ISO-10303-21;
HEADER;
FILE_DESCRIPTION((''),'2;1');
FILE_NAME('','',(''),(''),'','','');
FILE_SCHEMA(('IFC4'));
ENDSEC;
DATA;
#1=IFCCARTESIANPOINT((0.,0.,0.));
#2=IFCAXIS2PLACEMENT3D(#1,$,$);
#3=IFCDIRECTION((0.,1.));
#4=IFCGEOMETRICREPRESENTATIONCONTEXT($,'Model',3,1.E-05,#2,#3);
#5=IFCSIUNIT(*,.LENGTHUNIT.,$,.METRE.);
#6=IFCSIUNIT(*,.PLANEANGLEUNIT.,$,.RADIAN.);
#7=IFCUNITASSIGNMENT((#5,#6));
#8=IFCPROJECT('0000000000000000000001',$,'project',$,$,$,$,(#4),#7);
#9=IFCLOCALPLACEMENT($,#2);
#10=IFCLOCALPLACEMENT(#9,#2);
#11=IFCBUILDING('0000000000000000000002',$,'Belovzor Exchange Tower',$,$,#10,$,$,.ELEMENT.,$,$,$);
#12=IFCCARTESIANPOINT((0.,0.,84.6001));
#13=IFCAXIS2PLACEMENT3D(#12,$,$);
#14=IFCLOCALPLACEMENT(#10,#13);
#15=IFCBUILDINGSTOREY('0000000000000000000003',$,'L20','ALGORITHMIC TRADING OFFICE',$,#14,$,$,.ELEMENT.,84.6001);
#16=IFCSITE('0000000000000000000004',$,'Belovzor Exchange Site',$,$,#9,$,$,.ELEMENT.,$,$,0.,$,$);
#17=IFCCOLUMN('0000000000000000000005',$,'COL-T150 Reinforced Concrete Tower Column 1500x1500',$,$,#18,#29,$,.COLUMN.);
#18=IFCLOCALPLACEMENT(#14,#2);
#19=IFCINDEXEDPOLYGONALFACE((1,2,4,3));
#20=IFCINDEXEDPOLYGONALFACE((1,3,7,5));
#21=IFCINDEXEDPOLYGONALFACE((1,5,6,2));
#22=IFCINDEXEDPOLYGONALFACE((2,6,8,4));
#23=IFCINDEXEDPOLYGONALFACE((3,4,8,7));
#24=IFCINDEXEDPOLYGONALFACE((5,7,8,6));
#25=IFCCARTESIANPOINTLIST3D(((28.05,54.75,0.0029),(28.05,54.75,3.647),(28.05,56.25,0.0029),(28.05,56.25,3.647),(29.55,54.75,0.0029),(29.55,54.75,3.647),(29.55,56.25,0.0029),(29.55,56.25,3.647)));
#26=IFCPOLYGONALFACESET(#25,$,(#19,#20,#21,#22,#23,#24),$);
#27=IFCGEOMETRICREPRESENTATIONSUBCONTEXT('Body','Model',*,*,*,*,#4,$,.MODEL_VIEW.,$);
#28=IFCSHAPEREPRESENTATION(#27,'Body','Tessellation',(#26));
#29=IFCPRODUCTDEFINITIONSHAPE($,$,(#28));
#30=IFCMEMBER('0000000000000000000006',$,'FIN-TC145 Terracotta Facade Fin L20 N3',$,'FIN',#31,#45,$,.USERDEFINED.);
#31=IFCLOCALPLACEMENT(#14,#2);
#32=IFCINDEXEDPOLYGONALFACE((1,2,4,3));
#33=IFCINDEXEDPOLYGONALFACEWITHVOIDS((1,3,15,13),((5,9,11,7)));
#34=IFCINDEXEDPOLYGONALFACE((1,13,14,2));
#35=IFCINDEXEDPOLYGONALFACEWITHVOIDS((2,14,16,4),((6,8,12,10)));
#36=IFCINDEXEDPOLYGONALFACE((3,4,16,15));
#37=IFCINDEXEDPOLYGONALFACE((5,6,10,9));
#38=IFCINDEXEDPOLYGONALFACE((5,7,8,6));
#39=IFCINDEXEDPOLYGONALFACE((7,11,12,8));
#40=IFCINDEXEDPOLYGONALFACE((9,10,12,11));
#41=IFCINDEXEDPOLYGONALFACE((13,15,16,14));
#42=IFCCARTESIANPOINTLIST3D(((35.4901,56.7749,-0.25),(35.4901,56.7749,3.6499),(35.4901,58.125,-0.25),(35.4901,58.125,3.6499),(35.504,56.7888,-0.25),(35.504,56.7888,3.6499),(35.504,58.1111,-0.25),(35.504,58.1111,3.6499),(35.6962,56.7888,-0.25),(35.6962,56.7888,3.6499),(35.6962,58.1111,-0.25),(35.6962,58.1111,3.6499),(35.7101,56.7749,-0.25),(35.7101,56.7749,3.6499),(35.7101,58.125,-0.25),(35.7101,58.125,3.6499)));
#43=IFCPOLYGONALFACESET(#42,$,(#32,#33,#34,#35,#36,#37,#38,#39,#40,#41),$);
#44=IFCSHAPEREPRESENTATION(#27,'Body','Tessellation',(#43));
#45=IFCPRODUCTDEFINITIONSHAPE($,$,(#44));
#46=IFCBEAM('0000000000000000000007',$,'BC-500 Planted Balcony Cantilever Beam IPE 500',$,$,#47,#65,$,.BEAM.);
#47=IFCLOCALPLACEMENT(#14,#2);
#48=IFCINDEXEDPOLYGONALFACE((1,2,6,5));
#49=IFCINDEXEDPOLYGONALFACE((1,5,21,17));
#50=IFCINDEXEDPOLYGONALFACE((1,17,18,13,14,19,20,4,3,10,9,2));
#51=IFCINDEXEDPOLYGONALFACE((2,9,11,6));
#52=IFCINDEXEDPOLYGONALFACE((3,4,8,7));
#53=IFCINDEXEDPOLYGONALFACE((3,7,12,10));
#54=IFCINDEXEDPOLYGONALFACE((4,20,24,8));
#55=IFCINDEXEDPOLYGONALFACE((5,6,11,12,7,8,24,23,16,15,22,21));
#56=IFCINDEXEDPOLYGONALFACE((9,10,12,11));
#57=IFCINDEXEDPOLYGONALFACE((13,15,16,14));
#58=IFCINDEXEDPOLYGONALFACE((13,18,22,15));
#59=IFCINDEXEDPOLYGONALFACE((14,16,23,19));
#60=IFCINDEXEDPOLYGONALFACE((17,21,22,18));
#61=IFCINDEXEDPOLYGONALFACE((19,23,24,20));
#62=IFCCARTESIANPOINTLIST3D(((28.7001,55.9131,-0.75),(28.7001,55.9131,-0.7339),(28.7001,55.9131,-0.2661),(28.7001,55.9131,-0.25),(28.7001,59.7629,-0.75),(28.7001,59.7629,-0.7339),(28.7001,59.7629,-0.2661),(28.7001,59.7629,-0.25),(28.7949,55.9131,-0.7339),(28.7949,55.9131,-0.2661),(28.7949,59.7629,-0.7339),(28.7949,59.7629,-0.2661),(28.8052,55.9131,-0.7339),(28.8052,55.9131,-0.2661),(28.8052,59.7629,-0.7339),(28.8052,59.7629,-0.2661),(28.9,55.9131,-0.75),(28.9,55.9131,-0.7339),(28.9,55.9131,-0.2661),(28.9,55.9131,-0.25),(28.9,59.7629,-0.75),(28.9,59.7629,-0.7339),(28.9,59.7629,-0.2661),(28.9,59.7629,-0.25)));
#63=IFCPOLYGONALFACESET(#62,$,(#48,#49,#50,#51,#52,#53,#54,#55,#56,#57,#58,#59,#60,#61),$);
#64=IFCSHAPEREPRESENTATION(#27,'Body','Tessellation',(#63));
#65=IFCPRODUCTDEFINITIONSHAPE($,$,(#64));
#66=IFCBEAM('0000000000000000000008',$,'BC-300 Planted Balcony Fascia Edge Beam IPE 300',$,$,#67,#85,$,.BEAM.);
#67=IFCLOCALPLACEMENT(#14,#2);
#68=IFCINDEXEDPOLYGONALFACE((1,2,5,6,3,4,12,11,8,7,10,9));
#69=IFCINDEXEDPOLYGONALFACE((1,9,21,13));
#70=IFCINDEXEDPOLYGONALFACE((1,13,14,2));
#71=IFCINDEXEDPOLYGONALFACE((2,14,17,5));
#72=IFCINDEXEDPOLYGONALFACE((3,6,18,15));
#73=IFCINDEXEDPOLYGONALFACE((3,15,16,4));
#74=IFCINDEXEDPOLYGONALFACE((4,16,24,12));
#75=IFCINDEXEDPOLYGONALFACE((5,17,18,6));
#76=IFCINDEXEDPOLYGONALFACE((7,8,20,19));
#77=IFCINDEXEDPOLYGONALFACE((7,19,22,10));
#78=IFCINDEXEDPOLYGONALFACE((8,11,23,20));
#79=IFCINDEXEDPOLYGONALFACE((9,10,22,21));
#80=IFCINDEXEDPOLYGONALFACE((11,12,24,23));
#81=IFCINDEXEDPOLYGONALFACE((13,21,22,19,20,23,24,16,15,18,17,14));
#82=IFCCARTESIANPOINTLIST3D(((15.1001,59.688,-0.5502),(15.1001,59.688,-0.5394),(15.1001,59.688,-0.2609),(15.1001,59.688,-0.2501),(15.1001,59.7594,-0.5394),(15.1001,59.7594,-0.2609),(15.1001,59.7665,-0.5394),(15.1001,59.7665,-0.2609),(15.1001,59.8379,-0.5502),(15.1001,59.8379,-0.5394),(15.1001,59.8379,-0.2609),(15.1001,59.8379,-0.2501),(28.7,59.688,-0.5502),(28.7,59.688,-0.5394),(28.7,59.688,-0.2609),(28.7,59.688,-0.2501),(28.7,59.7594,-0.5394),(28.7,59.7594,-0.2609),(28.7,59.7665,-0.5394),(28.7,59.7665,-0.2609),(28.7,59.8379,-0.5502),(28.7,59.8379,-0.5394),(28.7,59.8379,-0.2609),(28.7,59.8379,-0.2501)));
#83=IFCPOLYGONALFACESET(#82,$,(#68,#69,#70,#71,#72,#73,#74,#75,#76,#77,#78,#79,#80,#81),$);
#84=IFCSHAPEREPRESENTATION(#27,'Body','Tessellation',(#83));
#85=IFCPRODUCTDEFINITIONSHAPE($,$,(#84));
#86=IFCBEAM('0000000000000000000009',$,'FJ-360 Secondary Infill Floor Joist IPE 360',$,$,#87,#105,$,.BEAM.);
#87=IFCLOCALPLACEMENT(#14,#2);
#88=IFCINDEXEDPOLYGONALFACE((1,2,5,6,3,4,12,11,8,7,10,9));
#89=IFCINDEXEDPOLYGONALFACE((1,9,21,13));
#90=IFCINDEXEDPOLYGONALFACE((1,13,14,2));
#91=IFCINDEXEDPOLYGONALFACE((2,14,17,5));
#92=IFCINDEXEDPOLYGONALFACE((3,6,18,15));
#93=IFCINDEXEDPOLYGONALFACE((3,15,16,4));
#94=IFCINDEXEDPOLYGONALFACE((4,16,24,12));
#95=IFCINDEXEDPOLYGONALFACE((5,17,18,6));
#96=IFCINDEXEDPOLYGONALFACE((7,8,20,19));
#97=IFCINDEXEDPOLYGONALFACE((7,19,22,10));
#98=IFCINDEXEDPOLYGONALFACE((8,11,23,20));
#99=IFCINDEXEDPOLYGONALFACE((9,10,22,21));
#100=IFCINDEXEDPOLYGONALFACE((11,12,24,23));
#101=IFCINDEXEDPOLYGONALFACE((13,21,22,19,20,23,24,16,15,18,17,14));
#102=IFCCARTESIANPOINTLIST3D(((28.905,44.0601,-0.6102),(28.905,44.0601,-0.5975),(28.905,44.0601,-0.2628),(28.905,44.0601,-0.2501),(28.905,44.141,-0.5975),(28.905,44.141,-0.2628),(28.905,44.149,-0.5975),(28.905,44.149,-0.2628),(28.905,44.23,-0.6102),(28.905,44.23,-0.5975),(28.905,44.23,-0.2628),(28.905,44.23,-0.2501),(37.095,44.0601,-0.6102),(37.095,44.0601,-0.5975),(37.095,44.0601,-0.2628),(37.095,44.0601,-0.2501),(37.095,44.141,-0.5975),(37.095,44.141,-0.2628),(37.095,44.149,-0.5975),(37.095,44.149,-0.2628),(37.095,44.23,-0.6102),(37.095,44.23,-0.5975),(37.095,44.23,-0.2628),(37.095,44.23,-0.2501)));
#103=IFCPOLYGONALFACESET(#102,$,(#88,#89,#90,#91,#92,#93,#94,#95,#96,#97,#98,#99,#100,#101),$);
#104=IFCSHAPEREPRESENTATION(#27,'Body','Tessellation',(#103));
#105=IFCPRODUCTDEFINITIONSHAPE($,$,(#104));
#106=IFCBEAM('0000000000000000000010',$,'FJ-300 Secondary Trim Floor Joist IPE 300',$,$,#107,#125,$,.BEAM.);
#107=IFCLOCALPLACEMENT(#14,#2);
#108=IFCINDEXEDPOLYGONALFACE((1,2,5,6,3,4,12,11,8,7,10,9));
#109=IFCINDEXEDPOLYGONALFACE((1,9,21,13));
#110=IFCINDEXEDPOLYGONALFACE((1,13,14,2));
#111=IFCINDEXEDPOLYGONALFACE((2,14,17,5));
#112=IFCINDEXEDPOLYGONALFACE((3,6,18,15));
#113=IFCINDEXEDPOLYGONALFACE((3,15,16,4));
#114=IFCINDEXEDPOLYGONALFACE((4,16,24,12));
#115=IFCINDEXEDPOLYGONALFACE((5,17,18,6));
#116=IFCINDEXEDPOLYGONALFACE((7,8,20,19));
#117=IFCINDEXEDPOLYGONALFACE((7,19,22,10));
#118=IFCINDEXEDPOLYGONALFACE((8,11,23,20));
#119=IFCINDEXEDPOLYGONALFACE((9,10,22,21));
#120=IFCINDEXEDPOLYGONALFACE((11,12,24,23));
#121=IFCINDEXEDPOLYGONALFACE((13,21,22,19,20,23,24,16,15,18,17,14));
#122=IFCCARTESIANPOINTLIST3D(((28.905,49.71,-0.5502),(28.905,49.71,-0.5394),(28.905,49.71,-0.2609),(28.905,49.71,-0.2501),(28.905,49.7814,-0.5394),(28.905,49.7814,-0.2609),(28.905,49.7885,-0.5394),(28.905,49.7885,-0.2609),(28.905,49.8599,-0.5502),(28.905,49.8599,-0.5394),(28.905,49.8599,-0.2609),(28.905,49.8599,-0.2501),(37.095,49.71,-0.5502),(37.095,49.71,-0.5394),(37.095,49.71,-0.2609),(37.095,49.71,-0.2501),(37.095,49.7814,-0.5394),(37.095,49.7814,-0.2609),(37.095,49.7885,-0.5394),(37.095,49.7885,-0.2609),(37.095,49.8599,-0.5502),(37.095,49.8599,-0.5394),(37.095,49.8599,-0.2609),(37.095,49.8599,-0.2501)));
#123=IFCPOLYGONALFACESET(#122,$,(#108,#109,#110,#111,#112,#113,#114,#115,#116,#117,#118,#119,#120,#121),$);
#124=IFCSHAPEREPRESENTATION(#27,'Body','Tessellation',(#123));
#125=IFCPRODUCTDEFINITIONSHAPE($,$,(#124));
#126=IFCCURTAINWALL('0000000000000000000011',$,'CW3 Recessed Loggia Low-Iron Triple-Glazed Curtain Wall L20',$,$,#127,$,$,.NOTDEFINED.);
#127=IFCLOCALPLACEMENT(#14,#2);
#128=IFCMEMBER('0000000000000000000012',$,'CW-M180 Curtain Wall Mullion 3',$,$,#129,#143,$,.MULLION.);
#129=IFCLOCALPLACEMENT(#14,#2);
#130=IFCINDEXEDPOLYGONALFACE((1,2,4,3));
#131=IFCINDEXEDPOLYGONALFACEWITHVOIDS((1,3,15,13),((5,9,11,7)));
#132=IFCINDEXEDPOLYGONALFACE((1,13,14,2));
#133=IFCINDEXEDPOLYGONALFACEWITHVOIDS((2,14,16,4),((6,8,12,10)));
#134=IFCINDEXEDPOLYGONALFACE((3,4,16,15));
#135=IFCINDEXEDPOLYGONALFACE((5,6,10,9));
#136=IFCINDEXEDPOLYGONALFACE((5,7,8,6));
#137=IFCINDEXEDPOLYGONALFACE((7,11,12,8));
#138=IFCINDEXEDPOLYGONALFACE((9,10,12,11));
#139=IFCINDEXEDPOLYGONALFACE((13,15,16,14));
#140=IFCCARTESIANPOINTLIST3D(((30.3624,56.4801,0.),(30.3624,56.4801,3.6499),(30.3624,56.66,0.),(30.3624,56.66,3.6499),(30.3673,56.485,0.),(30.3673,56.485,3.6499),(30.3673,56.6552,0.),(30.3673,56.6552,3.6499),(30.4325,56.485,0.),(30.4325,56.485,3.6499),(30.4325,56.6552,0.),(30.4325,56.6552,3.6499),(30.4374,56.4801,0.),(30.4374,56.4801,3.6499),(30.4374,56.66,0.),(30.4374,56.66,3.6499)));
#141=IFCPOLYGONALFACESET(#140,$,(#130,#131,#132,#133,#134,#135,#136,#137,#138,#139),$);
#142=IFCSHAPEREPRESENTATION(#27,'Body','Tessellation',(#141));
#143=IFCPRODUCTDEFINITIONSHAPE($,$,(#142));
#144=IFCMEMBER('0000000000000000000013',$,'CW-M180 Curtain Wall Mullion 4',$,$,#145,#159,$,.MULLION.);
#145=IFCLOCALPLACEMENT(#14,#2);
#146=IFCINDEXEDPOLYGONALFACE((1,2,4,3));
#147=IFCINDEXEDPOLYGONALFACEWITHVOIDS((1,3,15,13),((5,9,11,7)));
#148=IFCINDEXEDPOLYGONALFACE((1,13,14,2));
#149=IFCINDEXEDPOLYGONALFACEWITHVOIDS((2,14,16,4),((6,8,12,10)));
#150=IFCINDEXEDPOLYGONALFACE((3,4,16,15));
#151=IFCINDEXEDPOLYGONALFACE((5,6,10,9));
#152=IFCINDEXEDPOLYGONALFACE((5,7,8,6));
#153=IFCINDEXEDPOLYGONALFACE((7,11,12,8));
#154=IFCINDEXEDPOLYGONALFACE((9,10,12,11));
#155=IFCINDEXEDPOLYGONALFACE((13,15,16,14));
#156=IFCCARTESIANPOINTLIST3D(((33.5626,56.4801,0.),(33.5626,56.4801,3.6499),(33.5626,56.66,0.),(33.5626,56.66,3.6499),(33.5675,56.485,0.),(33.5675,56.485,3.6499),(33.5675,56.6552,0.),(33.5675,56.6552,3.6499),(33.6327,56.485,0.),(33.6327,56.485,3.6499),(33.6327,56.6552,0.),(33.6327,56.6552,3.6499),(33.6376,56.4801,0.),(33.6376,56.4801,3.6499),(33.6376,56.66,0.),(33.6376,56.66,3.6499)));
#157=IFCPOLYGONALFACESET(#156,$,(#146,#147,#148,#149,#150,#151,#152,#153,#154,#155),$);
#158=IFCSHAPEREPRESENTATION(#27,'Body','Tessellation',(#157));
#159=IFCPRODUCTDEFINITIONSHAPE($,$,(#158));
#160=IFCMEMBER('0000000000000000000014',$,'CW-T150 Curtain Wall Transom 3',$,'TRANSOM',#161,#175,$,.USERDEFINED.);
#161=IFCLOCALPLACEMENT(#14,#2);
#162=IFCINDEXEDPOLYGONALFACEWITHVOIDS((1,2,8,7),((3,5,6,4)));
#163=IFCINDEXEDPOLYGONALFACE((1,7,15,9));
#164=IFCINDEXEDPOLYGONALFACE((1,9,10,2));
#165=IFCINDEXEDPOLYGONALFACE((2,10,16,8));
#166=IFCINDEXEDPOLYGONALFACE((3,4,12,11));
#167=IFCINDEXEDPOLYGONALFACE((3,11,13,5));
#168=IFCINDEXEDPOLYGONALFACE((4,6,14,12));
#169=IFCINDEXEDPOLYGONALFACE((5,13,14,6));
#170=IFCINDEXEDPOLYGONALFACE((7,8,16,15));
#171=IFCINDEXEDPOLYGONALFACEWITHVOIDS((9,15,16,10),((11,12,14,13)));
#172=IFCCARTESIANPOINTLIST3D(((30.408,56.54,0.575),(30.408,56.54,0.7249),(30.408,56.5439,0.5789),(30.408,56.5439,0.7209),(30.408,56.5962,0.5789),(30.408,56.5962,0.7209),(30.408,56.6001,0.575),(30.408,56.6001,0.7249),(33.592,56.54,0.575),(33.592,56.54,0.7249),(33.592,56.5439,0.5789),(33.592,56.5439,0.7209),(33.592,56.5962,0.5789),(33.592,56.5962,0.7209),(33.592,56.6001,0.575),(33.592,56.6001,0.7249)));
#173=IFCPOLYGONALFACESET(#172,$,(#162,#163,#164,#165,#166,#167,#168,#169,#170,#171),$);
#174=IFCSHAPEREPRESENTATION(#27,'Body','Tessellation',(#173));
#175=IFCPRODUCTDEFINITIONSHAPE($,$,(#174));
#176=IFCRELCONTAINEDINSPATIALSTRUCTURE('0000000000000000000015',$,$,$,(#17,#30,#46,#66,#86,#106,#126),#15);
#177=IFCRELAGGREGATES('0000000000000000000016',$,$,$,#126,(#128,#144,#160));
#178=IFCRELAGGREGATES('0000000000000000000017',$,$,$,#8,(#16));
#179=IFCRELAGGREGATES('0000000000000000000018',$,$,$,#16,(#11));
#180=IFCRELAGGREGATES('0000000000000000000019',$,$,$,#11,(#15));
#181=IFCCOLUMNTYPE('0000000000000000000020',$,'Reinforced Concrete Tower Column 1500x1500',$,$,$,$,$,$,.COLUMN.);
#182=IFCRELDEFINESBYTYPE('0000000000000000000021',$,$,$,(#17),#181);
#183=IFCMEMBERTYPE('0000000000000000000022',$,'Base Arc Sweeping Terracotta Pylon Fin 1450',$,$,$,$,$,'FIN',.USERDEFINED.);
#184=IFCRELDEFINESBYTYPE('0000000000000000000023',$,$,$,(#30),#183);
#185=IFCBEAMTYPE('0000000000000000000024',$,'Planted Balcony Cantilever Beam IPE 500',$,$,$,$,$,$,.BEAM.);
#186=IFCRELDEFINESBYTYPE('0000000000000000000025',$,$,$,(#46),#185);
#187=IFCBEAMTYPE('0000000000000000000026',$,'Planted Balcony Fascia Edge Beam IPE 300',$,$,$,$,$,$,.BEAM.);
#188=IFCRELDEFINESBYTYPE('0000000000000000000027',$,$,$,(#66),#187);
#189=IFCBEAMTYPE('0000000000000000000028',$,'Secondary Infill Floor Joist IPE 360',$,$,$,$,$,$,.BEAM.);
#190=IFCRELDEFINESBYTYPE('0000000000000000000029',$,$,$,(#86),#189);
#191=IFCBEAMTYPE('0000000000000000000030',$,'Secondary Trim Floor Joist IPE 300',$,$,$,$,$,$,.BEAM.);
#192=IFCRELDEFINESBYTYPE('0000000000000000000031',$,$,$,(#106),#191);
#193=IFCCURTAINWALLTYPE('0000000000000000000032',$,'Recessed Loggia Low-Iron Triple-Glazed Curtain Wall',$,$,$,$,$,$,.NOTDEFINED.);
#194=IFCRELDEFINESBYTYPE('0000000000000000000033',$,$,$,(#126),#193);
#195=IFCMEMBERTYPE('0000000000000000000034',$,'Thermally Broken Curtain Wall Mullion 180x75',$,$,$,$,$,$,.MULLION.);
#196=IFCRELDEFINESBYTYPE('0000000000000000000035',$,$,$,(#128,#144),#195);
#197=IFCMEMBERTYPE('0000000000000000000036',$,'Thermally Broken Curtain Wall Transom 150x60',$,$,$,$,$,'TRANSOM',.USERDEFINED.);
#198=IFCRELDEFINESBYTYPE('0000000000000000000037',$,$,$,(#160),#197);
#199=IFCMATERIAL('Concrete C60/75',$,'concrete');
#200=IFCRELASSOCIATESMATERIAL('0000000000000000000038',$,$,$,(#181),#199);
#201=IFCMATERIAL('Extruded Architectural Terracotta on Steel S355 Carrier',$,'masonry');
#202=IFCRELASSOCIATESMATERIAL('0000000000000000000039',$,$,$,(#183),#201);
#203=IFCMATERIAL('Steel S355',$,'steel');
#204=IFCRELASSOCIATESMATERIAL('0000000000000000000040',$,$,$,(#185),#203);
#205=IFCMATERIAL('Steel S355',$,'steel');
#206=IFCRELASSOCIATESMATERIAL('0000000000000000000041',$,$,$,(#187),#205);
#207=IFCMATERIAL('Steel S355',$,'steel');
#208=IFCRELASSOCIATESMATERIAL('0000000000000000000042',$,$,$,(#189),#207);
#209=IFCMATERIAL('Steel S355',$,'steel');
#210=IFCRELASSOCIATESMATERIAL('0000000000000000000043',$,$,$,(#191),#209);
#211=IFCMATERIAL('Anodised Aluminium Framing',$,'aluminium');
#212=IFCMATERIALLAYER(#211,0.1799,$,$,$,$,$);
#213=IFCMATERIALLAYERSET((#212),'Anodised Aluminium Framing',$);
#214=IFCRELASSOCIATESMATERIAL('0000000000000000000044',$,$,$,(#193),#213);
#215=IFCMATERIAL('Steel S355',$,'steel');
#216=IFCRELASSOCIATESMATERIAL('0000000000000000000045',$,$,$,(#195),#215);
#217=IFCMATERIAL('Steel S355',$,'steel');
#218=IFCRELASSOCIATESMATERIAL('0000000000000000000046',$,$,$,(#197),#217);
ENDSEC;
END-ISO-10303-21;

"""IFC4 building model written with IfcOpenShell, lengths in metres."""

from ifc_helpers import new_model, si_unit, direction, frame, origin, origin_2d, place, context, subcontext, project, spatial, rectangle, hollow_rectangle, i_section, extrude, material, layer, layer_set, material_profile, profile_set, type_object, element, aggregate, save


model = new_model("IFC4")

# Units and contexts
model_context = context("Model", 3, precision=1e-05, world=origin(), true_north=direction((0.0, 1.0)))
body_context = subcontext(model_context, "Body", "Model", "MODEL_VIEW")
ifc_project = project(units=[si_unit("LENGTHUNIT", "METRE"), si_unit("PLANEANGLEUNIT", "RADIAN")], contexts=[model_context])

# Site, building, storey
site_placement = place(None, origin())
site = spatial("IfcSite", under=ifc_project, at=site_placement, Name="Belovzor Exchange Site", CompositionType="ELEMENT", RefElevation=0.0)
building_placement = place(site_placement, origin())
building = spatial("IfcBuilding", under=site, at=building_placement, Name="Belovzor Exchange Tower", CompositionType="ELEMENT")
storey_placement = place(building_placement, frame((0.0, 0.0, 84.6001)))
storey = spatial("IfcBuildingStorey", under=building, at=storey_placement, Name="L20", Description="ALGORITHMIC TRADING OFFICE", CompositionType="ELEMENT", Elevation=84.6001)

# Column
ifc_material_1 = material(Name="Concrete C60/75", Category="concrete")
ifc_material_profile_1 = material_profile(ifc_material_1, rectangle(XDim=1.5, YDim=1.5, at=origin_2d()))
ifc_profile_set_1 = profile_set([ifc_material_profile_1], Name="Concrete C60/75")
column_type = type_object("IfcColumnType", Name="Reinforced Concrete Tower Column 1500x1500", PredefinedType="COLUMN", material=ifc_profile_set_1)
column_placement = place(storey_placement, frame((28.8, 55.5, 0.0029), z_axis=(0.0, 0.0, 1.0), x_axis=(1.0, 0.0, 0.0)))
element("IfcColumn", 1, at=column_placement, inside=storey, type_object=column_type, Name="COL-T150 Reinforced Concrete Tower Column 1500x1500", PredefinedType="COLUMN", context=body_context, shape_type="SweptSolid", body=[
    extrude(rectangle(XDim=1.5, YDim=1.5, at=origin_2d()), origin(), (0.0, 0.0, 1.0), 3.644),
])

# Member
ifc_material_2 = material(Name="Extruded Architectural Terracotta on Steel S355 Carrier", Category="masonry")
ifc_material_profile_2 = material_profile(ifc_material_2, hollow_rectangle(XDim=0.22, YDim=1.3501, WallThickness=0.0139, at=origin_2d()))
ifc_profile_set_2 = profile_set([ifc_material_profile_2], Name="Extruded Architectural Terracotta on Steel S355 Carrier")
member_type_1 = type_object("IfcMemberType", Name="Base Arc Sweeping Terracotta Pylon Fin 1450", ElementType="FIN", PredefinedType="USERDEFINED", material=ifc_profile_set_2)
member_1_placement = place(storey_placement, frame((35.6001, 57.45, -0.25), z_axis=(0.0, 0.0, 1.0), x_axis=(1.0, 0.0, 0.0)))
element("IfcMember", 2, at=member_1_placement, inside=storey, type_object=member_type_1, Name="FIN-TC145 Terracotta Facade Fin L20 N3", ObjectType="FIN", PredefinedType="USERDEFINED", context=body_context, shape_type="SweptSolid", body=[
    extrude(hollow_rectangle(XDim=0.22, YDim=1.3501, WallThickness=0.0139, at=origin_2d()), origin(), (0.0, 0.0, 1.0), 3.8999),
])

# Beams
ifc_material_3 = material(Name="Steel S355", Category="steel")
ifc_material_profile_3 = material_profile(ifc_material_3, i_section(OverallWidth=0.2, OverallDepth=0.5, WebThickness=0.0103, FlangeThickness=0.0161, at=origin_2d()))
ifc_profile_set_3 = profile_set([ifc_material_profile_3], Name="Steel S355")
beam_type_1 = type_object("IfcBeamType", Name="Planted Balcony Cantilever Beam IPE 500", PredefinedType="BEAM", material=ifc_profile_set_3)
beam_1_placement = place(storey_placement, frame((28.8, 55.9131, -0.5), z_axis=(0.0, 1.0, 0.0), x_axis=(-1.0, 0.0, 0.0)))
element("IfcBeam", 3, at=beam_1_placement, inside=storey, type_object=beam_type_1, Name="BC-500 Planted Balcony Cantilever Beam IPE 500", PredefinedType="BEAM", context=body_context, shape_type="SweptSolid", body=[
    extrude(i_section(OverallWidth=0.2, OverallDepth=0.5, WebThickness=0.0103, FlangeThickness=0.0161, at=origin_2d()), origin(), (0.0, 0.0, 1.0), 3.8499),
])
ifc_material_4 = material(Name="Steel S355", Category="steel")
ifc_material_profile_4 = material_profile(ifc_material_4, i_section(OverallWidth=0.1499, OverallDepth=0.3, WebThickness=0.0071, FlangeThickness=0.0107, at=origin_2d()))
ifc_profile_set_4 = profile_set([ifc_material_profile_4], Name="Steel S355")
beam_type_2 = type_object("IfcBeamType", Name="Planted Balcony Fascia Edge Beam IPE 300", PredefinedType="BEAM", material=ifc_profile_set_4)
beam_2_placement = place(storey_placement, frame((28.7, 59.7629, -0.4001), z_axis=(-1.0, 0.0, 0.0), x_axis=(0.0, -1.0, 0.0)))
element("IfcBeam", 4, at=beam_2_placement, inside=storey, type_object=beam_type_2, Name="BC-300 Planted Balcony Fascia Edge Beam IPE 300", PredefinedType="BEAM", context=body_context, shape_type="SweptSolid", body=[
    extrude(i_section(OverallWidth=0.1499, OverallDepth=0.3, WebThickness=0.0071, FlangeThickness=0.0107, at=origin_2d()), origin(), (0.0, 0.0, 1.0), 13.5999),
])
ifc_material_5 = material(Name="Steel S355", Category="steel")
ifc_material_profile_5 = material_profile(ifc_material_5, i_section(OverallWidth=0.1699, OverallDepth=0.3601, WebThickness=0.0081, FlangeThickness=0.0127, at=origin_2d()))
ifc_profile_set_5 = profile_set([ifc_material_profile_5], Name="Steel S355")
beam_type_3 = type_object("IfcBeamType", Name="Secondary Infill Floor Joist IPE 360", PredefinedType="BEAM", material=ifc_profile_set_5)
beam_3_placement = place(storey_placement, frame((28.905, 44.145, -0.4302), z_axis=(1.0, 0.0, 0.0), x_axis=(0.0, 1.0, 0.0)))
element("IfcBeam", 5, at=beam_3_placement, inside=storey, type_object=beam_type_3, Name="FJ-360 Secondary Infill Floor Joist IPE 360", PredefinedType="BEAM", context=body_context, shape_type="SweptSolid", body=[
    extrude(i_section(OverallWidth=0.1699, OverallDepth=0.3601, WebThickness=0.0081, FlangeThickness=0.0127, at=origin_2d()), origin(), (0.0, 0.0, 1.0), 8.1899),
])
ifc_material_6 = material(Name="Steel S355", Category="steel")
ifc_material_profile_6 = material_profile(ifc_material_6, i_section(OverallWidth=0.1499, OverallDepth=0.3, WebThickness=0.0071, FlangeThickness=0.0107, at=origin_2d()))
ifc_profile_set_6 = profile_set([ifc_material_profile_6], Name="Steel S355")
beam_type_4 = type_object("IfcBeamType", Name="Secondary Trim Floor Joist IPE 300", PredefinedType="BEAM", material=ifc_profile_set_6)
beam_4_placement = place(storey_placement, frame((28.905, 49.7849, -0.4001), z_axis=(1.0, 0.0, 0.0), x_axis=(0.0, 1.0, 0.0)))
element("IfcBeam", 6, at=beam_4_placement, inside=storey, type_object=beam_type_4, Name="FJ-300 Secondary Trim Floor Joist IPE 300", PredefinedType="BEAM", context=body_context, shape_type="SweptSolid", body=[
    extrude(i_section(OverallWidth=0.1499, OverallDepth=0.3, WebThickness=0.0071, FlangeThickness=0.0107, at=origin_2d()), origin(), (0.0, 0.0, 1.0), 8.1899),
])

# Curtain wall, members
ifc_material_7 = material(Name="Anodised Aluminium Framing", Category="aluminium")
ifc_layer_1 = layer(ifc_material_7, 0.1799)
ifc_layer_set_1 = layer_set([ifc_layer_1], Name="Anodised Aluminium Framing")
curtain_wall_type = type_object("IfcCurtainWallType", Name="Recessed Loggia Low-Iron Triple-Glazed Curtain Wall", PredefinedType="NOTDEFINED", material=ifc_layer_set_1)
curtain_wall_placement = place(storey_placement, origin())
curtain_wall = element("IfcCurtainWall", 7, at=curtain_wall_placement, inside=storey, type_object=curtain_wall_type, Name="CW3 Recessed Loggia Low-Iron Triple-Glazed Curtain Wall L20", PredefinedType="NOTDEFINED")
ifc_material_8 = material(Name="Steel S355", Category="steel")
ifc_material_profile_7 = material_profile(ifc_material_8, hollow_rectangle(XDim=0.075, YDim=0.1799, WallThickness=0.0049, at=origin_2d()))
ifc_profile_set_7 = profile_set([ifc_material_profile_7], Name="Steel S355")
member_type_2 = type_object("IfcMemberType", Name="Thermally Broken Curtain Wall Mullion 180x75", PredefinedType="MULLION", material=ifc_profile_set_7)
member_2_placement = place(storey_placement, frame((30.3999, 56.5701, 0.0), z_axis=(0.0, 0.0, 1.0), x_axis=(1.0, 0.0, 0.0)))
member_2 = element("IfcMember", 8, at=member_2_placement, type_object=member_type_2, Name="CW-M180 Curtain Wall Mullion 3", PredefinedType="MULLION", context=body_context, shape_type="SweptSolid", body=[
    extrude(hollow_rectangle(XDim=0.075, YDim=0.1799, WallThickness=0.0049, at=origin_2d()), origin(), (0.0, 0.0, 1.0), 3.6499),
])
member_3_placement = place(storey_placement, frame((33.6001, 56.5701, 0.0), z_axis=(0.0, 0.0, 1.0), x_axis=(1.0, 0.0, 0.0)))
member_3 = element("IfcMember", 9, at=member_3_placement, type_object=member_type_2, Name="CW-M180 Curtain Wall Mullion 4", PredefinedType="MULLION", context=body_context, shape_type="SweptSolid", body=[
    extrude(hollow_rectangle(XDim=0.075, YDim=0.1799, WallThickness=0.0049, at=origin_2d()), origin(), (0.0, 0.0, 1.0), 3.6499),
])
ifc_material_9 = material(Name="Steel S355", Category="steel")
ifc_material_profile_8 = material_profile(ifc_material_9, hollow_rectangle(XDim=0.0601, YDim=0.1499, WallThickness=0.0039, at=origin_2d()))
ifc_profile_set_8 = profile_set([ifc_material_profile_8], Name="Steel S355")
member_type_3 = type_object("IfcMemberType", Name="Thermally Broken Curtain Wall Transom 150x60", ElementType="TRANSOM", PredefinedType="USERDEFINED", material=ifc_profile_set_8)
member_4_placement = place(storey_placement, frame((30.408, 56.5701, 0.6499), z_axis=(1.0, 0.0, 0.0), x_axis=(0.0, 1.0, 0.0)))
member_4 = element("IfcMember", 10, at=member_4_placement, type_object=member_type_3, Name="CW-T150 Curtain Wall Transom 3", ObjectType="TRANSOM", PredefinedType="USERDEFINED", context=body_context, shape_type="SweptSolid", body=[
    extrude(hollow_rectangle(XDim=0.0601, YDim=0.1499, WallThickness=0.0039, at=origin_2d()), origin(), (0.0, 0.0, 1.0), 3.1841),
])

aggregate(curtain_wall, [member_2, member_3, member_4])

save(model, "model.ifc")
